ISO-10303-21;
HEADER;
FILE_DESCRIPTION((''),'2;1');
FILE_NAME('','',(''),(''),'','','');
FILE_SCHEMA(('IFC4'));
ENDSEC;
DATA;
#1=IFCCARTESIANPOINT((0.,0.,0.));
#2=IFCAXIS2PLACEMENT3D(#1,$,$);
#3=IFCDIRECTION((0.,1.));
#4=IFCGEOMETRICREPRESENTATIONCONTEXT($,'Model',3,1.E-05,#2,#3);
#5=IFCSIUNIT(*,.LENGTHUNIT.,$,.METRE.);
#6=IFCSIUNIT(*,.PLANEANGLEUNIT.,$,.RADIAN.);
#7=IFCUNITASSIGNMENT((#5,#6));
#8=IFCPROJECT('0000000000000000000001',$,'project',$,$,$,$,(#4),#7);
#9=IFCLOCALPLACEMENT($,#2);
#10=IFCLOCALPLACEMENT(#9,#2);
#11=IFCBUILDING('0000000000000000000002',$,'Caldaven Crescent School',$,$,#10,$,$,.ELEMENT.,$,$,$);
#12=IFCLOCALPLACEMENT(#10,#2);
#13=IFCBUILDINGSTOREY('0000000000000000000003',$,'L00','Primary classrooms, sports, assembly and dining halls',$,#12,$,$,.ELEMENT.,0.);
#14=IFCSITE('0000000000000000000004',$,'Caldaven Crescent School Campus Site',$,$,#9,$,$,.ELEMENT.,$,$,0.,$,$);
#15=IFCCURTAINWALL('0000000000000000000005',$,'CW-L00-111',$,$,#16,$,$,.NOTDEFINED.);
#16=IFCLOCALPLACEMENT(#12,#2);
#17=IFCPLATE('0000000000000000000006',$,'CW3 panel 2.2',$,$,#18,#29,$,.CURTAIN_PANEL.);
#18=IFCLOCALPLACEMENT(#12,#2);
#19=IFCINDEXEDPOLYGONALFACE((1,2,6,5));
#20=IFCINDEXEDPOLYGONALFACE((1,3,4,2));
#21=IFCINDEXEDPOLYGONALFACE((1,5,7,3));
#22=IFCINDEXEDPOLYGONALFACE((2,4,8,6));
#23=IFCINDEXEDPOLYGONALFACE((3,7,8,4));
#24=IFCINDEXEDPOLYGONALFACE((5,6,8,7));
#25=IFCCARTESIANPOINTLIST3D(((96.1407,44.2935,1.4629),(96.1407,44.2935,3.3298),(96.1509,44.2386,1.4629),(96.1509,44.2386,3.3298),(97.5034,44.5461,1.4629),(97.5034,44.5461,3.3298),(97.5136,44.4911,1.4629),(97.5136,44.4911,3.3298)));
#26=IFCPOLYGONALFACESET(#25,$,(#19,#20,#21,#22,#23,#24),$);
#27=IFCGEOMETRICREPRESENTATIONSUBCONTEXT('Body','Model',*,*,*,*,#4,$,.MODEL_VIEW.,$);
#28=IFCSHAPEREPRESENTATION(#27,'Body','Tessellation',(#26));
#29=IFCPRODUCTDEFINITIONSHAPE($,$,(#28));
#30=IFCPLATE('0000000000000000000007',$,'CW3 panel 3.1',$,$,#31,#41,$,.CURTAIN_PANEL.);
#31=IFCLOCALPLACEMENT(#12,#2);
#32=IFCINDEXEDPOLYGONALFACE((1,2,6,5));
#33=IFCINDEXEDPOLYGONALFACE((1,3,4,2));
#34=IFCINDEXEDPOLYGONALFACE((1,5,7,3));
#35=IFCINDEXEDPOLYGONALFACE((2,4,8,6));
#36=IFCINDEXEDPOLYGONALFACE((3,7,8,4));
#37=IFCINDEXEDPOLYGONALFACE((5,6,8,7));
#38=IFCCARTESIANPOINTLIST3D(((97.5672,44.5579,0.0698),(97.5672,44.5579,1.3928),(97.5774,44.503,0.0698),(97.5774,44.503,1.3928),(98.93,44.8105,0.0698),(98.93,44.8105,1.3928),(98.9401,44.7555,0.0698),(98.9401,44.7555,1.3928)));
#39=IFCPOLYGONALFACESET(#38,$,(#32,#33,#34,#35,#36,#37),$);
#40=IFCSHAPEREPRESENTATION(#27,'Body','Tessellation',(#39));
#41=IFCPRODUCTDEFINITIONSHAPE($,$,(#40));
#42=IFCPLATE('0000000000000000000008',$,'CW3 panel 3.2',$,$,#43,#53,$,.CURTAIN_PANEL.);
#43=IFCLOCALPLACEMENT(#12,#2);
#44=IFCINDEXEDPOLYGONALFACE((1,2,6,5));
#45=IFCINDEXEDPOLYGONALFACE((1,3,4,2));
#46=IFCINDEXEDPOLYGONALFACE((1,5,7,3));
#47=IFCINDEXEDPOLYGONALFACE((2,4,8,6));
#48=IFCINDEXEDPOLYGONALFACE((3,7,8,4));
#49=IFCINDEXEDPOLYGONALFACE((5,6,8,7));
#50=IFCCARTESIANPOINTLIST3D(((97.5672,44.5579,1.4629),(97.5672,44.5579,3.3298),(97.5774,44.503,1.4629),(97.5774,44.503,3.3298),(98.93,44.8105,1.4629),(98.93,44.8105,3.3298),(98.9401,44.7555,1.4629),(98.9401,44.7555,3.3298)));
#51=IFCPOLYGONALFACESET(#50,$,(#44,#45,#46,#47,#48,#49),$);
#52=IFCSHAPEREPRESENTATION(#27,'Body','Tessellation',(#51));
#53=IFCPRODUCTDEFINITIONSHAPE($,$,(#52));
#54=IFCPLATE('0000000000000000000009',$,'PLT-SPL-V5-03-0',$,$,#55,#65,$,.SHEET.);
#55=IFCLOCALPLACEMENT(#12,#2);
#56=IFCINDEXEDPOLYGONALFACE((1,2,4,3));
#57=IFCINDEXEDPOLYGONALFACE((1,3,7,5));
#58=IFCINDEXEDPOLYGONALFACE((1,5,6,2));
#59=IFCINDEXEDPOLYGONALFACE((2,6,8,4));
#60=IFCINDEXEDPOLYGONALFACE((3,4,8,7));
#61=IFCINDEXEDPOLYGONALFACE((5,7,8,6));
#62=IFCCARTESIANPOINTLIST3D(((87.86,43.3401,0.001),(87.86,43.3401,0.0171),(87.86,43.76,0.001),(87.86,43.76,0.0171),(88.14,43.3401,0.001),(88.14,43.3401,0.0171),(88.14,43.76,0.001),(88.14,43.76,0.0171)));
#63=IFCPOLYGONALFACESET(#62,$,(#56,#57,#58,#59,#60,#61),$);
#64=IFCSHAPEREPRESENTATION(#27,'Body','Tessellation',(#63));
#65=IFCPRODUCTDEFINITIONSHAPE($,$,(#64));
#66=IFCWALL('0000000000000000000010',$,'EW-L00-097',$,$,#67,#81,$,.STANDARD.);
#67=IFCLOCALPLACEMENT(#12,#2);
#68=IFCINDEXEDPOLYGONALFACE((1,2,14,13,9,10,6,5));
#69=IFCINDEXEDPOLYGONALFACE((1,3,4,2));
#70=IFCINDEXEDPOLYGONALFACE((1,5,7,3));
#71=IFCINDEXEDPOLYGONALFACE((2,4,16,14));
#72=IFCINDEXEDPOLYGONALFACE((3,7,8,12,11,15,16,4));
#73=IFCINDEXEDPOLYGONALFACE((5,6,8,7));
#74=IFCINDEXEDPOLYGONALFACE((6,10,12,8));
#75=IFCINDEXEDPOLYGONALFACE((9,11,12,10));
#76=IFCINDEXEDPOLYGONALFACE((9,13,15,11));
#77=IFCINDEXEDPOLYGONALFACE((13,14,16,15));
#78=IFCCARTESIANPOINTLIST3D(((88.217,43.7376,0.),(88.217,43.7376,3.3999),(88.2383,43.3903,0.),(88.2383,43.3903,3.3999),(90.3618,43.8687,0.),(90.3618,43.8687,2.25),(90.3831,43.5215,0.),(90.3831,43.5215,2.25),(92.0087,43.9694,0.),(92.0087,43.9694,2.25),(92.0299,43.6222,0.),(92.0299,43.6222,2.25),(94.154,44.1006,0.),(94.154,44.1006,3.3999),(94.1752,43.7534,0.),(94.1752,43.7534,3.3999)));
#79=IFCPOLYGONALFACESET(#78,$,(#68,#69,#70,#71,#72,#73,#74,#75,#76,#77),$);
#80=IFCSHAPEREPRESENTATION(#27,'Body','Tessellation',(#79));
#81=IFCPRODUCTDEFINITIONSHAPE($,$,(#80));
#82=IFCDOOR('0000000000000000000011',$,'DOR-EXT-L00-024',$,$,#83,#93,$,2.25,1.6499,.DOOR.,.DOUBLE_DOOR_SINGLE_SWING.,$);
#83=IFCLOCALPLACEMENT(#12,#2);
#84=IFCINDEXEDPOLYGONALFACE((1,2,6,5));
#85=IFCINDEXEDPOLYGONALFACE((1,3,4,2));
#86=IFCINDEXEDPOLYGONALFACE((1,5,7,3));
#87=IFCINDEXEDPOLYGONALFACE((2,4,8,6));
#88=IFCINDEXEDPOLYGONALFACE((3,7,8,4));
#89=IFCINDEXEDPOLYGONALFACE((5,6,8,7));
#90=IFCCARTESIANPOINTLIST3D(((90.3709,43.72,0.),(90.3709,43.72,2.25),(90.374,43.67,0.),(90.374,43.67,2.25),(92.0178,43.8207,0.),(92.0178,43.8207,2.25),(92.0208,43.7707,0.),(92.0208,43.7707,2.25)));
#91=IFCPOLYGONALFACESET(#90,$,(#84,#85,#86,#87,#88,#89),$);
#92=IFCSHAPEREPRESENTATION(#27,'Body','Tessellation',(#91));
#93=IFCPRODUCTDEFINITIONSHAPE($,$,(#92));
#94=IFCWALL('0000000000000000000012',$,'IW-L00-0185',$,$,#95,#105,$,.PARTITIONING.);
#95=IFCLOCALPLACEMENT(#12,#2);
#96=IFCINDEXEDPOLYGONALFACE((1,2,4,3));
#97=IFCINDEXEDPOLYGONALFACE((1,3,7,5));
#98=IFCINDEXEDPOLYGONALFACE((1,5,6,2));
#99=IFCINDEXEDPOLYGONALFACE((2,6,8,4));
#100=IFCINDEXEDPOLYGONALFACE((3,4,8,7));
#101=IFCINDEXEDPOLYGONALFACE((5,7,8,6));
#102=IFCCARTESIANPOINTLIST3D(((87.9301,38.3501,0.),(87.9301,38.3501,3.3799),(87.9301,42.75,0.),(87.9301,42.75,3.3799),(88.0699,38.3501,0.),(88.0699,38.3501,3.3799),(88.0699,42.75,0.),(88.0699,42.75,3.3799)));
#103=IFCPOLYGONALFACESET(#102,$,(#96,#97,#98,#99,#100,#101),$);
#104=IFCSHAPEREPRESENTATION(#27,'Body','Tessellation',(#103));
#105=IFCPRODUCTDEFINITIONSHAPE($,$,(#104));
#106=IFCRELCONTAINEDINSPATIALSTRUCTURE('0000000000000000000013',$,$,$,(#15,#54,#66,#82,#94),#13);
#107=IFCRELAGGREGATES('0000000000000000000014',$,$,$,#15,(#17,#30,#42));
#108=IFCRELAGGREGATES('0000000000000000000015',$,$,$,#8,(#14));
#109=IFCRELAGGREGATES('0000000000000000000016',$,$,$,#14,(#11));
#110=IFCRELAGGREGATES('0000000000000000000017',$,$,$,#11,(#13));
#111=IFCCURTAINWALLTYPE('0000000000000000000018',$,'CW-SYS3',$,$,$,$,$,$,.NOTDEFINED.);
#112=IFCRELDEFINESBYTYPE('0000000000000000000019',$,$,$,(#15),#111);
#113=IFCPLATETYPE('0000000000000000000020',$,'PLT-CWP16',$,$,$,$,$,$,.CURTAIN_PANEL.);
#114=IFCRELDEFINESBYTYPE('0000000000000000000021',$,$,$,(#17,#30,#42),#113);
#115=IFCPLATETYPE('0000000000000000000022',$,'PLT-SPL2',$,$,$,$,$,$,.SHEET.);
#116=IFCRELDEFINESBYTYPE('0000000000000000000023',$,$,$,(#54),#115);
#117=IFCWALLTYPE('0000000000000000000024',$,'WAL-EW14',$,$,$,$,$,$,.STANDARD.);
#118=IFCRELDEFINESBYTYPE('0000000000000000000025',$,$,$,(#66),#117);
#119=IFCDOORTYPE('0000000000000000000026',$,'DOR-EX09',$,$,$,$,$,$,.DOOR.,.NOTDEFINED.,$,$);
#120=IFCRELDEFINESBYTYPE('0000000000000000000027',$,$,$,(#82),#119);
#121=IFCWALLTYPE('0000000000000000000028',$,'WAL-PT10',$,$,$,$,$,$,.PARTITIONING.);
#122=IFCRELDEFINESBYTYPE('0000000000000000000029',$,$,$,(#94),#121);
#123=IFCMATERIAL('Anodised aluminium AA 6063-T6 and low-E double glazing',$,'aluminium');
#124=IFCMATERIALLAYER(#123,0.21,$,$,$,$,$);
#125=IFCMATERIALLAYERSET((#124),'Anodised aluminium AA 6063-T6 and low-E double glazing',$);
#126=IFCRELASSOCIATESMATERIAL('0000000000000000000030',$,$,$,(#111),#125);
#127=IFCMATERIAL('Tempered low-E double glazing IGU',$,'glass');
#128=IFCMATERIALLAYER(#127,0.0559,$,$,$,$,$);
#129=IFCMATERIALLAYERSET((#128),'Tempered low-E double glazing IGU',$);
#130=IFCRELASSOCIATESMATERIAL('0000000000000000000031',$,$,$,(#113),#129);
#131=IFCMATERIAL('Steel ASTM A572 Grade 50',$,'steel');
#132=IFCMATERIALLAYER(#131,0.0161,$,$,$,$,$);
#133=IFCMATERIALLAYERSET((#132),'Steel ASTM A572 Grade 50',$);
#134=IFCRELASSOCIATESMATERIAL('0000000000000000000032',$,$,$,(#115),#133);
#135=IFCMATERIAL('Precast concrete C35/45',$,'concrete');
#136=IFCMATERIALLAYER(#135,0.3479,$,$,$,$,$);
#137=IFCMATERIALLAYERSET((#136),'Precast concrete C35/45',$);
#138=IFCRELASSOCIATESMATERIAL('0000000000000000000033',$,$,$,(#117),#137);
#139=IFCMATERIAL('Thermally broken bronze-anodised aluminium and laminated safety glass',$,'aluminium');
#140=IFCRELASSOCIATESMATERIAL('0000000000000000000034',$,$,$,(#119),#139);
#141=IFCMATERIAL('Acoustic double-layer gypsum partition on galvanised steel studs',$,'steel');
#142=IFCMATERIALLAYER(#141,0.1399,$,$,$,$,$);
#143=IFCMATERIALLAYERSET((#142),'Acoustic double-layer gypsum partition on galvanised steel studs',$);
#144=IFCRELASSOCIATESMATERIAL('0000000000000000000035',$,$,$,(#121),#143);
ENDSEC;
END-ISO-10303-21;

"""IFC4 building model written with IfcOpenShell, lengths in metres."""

from ifc_helpers import new_model, si_unit, direction, frame, frame_2d, origin, origin_2d, place, context, subcontext, project, spatial, rectangle, extrude, material, layer, layer_set, type_object, element, fill, aggregate, save


model = new_model("IFC4")

# Units and contexts
model_context = context("Model", 3, precision=1e-05, world=origin(), true_north=direction((0.0, 1.0)))
body_context = subcontext(model_context, "Body", "Model", "MODEL_VIEW")
ifc_project = project(units=[si_unit("LENGTHUNIT", "METRE"), si_unit("PLANEANGLEUNIT", "RADIAN")], contexts=[model_context])

# Site, building, storey
site_placement = place(None, origin())
site = spatial("IfcSite", under=ifc_project, at=site_placement, Name="Caldaven Crescent School Campus Site", CompositionType="ELEMENT", RefElevation=0.0)
building_placement = place(site_placement, origin())
building = spatial("IfcBuilding", under=site, at=building_placement, Name="Caldaven Crescent School", CompositionType="ELEMENT")
storey_placement = place(building_placement, origin())
storey = spatial("IfcBuildingStorey", under=building, at=storey_placement, Name="L00", Description="Primary classrooms, sports, assembly and dining halls", CompositionType="ELEMENT", Elevation=0.0)

# Curtain wall
ifc_material_1 = material(Name="Anodised aluminium AA 6063-T6 and low-E double glazing", Category="aluminium")
ifc_layer_1 = layer(ifc_material_1, 0.21)
ifc_layer_set_1 = layer_set([ifc_layer_1], Name="Anodised aluminium AA 6063-T6 and low-E double glazing")
curtain_wall_type = type_object("IfcCurtainWallType", Name="CW-SYS3", PredefinedType="NOTDEFINED", material=ifc_layer_set_1)
curtain_wall_placement = place(storey_placement, origin())
curtain_wall = element("IfcCurtainWall", 1, at=curtain_wall_placement, inside=storey, type_object=curtain_wall_type, Name="CW-L00-111", PredefinedType="NOTDEFINED")

# Plates
ifc_material_2 = material(Name="Steel ASTM A572 Grade 50", Category="steel")
ifc_material_3 = material(Name="Tempered low-E double glazing IGU", Category="glass")
ifc_layer_2 = layer(ifc_material_3, 0.0559)
ifc_layer_set_2 = layer_set([ifc_layer_2], Name="Tempered low-E double glazing IGU")
plate_type_1 = type_object("IfcPlateType", Name="PLT-CWP16", PredefinedType="CURTAIN_PANEL", material=ifc_layer_set_2)
plate_1_placement = place(storey_placement, frame((96.8271, 44.3923, 1.4629), z_axis=(0.0, 0.0, 1.0), x_axis=(0.983255, 0.182236, 0.0)))
plate_1 = element("IfcPlate", 2, at=plate_1_placement, type_object=plate_type_1, Name="CW3 panel 2.2", PredefinedType="CURTAIN_PANEL", context=body_context, shape_type="SweptSolid", body=[
    extrude(rectangle(XDim=1.386, YDim=0.0559, at=origin_2d()), origin(), (0.0, 0.0, 1.0), 1.8669),
])
plate_2_placement = place(storey_placement, frame((98.2537, 44.6567, 0.0698), z_axis=(0.0, 0.0, 1.0), x_axis=(0.983255, 0.182236, 0.0)))
plate_2 = element("IfcPlate", 3, at=plate_2_placement, type_object=plate_type_1, Name="CW3 panel 3.1", PredefinedType="CURTAIN_PANEL", context=body_context, shape_type="SweptSolid", body=[
    extrude(rectangle(XDim=1.386, YDim=0.0559, at=origin_2d()), origin(), (0.0, 0.0, 1.0), 1.323),
])
plate_3_placement = place(storey_placement, frame((98.2537, 44.6567, 1.4629), z_axis=(0.0, 0.0, 1.0), x_axis=(0.983255, 0.182236, 0.0)))
plate_3 = element("IfcPlate", 4, at=plate_3_placement, type_object=plate_type_1, Name="CW3 panel 3.2", PredefinedType="CURTAIN_PANEL", context=body_context, shape_type="SweptSolid", body=[
    extrude(rectangle(XDim=1.386, YDim=0.0559, at=origin_2d()), origin(), (0.0, 0.0, 1.0), 1.8669),
])
aggregate(curtain_wall, [plate_1, plate_2, plate_3])
ifc_layer_3 = layer(ifc_material_2, 0.0161)
ifc_layer_set_3 = layer_set([ifc_layer_3], Name="Steel ASTM A572 Grade 50")
plate_type_2 = type_object("IfcPlateType", Name="PLT-SPL2", PredefinedType="SHEET", material=ifc_layer_set_3)
plate_4_placement = place(storey_placement, frame((88.0, 43.55, 0.001), z_axis=(0.0, 0.0, 1.0), x_axis=(0.0, -1.0, 0.0)))
element("IfcPlate", 5, at=plate_4_placement, inside=storey, type_object=plate_type_2, Name="PLT-SPL-V5-03-0", PredefinedType="SHEET", context=body_context, shape_type="SweptSolid", body=[
    extrude(rectangle(XDim=0.4199, YDim=0.28, at=origin_2d()), origin(), (0.0, 0.0, 1.0), 0.0161),
])

# Wall, opening, door
ifc_material_4 = material(Name="Precast concrete C35/45", Category="concrete")
ifc_layer_4 = layer(ifc_material_4, 0.3479)
ifc_layer_set_4 = layer_set([ifc_layer_4], Name="Precast concrete C35/45")
wall_type_1 = type_object("IfcWallType", Name="WAL-EW14", PredefinedType="STANDARD", material=ifc_layer_set_4)
wall_1_placement = place(storey_placement, frame((88.2275, 43.564, 0.0), z_axis=(0.0, 0.0, 1.0), x_axis=(0.998136, 0.061034, 0.0)))
wall_1 = element("IfcWall", 6, at=wall_1_placement, inside=storey, type_object=wall_type_1, Name="EW-L00-097", PredefinedType="STANDARD", context=body_context, shape_type="SweptSolid", body=[
    extrude(rectangle(XDim=5.948, YDim=0.3479, at=frame_2d((2.9741, 0.0))), origin(), (0.0, 0.0, 1.0), 3.3999),
])
opening_placement = place(wall_1_placement, frame((2.1489, 0.0, 0.0)))
opening = element("IfcOpeningElement", 7, at=opening_placement, cuts=wall_1, PredefinedType="OPENING", context=body_context, shape_type="SweptSolid", body=[
    extrude(rectangle(XDim=1.6499, YDim=2.25, at=frame_2d((0.825, 1.125))), frame((0.0, 0.1838, 0.0), z_axis=(0.0, -1.0, 0.0), x_axis=(1.0, 0.0, 0.0)), (0.0, 0.0, 1.0), 0.3679),
])
ifc_material_5 = material(Name="Thermally broken bronze-anodised aluminium and laminated safety glass", Category="aluminium")
door_type = type_object("IfcDoorType", Name="DOR-EX09", OperationType="NOTDEFINED", PredefinedType="DOOR", material=ifc_material_5)
door_placement = place(opening_placement, origin())
door = element("IfcDoor", 8, at=door_placement, inside=storey, type_object=door_type, Name="DOR-EXT-L00-024", OperationType="DOUBLE_DOOR_SINGLE_SWING", OverallHeight=2.25, OverallWidth=1.6499, PredefinedType="DOOR", context=body_context, shape_type="SweptSolid", body=[
    extrude(rectangle(XDim=1.6499, YDim=2.25, at=frame_2d((0.825, 1.125))), frame((0.0, 0.0249, 0.0), z_axis=(0.0, -1.0, 0.0), x_axis=(1.0, 0.0, 0.0)), (0.0, 0.0, 1.0), 0.05),
])
fill(opening, door)

# Wall
ifc_material_6 = material(Name="Acoustic double-layer gypsum partition on galvanised steel studs", Category="steel")
ifc_layer_5 = layer(ifc_material_6, 0.1399)
ifc_layer_set_5 = layer_set([ifc_layer_5], Name="Acoustic double-layer gypsum partition on galvanised steel studs")
wall_type_2 = type_object("IfcWallType", Name="WAL-PT10", PredefinedType="PARTITIONING", material=ifc_layer_set_5)
wall_2_placement = place(storey_placement, frame((88.0, 42.75, 0.0), z_axis=(0.0, 0.0, 1.0), x_axis=(0.0, -1.0, 0.0)))
element("IfcWall", 9, at=wall_2_placement, inside=storey, type_object=wall_type_2, Name="IW-L00-0185", PredefinedType="PARTITIONING", context=body_context, shape_type="SweptSolid", body=[
    extrude(rectangle(XDim=4.3999, YDim=0.1399, at=frame_2d((2.2, 0.0))), origin(), (0.0, 0.0, 1.0), 3.3799),
])

save(model, "model.ifc")
